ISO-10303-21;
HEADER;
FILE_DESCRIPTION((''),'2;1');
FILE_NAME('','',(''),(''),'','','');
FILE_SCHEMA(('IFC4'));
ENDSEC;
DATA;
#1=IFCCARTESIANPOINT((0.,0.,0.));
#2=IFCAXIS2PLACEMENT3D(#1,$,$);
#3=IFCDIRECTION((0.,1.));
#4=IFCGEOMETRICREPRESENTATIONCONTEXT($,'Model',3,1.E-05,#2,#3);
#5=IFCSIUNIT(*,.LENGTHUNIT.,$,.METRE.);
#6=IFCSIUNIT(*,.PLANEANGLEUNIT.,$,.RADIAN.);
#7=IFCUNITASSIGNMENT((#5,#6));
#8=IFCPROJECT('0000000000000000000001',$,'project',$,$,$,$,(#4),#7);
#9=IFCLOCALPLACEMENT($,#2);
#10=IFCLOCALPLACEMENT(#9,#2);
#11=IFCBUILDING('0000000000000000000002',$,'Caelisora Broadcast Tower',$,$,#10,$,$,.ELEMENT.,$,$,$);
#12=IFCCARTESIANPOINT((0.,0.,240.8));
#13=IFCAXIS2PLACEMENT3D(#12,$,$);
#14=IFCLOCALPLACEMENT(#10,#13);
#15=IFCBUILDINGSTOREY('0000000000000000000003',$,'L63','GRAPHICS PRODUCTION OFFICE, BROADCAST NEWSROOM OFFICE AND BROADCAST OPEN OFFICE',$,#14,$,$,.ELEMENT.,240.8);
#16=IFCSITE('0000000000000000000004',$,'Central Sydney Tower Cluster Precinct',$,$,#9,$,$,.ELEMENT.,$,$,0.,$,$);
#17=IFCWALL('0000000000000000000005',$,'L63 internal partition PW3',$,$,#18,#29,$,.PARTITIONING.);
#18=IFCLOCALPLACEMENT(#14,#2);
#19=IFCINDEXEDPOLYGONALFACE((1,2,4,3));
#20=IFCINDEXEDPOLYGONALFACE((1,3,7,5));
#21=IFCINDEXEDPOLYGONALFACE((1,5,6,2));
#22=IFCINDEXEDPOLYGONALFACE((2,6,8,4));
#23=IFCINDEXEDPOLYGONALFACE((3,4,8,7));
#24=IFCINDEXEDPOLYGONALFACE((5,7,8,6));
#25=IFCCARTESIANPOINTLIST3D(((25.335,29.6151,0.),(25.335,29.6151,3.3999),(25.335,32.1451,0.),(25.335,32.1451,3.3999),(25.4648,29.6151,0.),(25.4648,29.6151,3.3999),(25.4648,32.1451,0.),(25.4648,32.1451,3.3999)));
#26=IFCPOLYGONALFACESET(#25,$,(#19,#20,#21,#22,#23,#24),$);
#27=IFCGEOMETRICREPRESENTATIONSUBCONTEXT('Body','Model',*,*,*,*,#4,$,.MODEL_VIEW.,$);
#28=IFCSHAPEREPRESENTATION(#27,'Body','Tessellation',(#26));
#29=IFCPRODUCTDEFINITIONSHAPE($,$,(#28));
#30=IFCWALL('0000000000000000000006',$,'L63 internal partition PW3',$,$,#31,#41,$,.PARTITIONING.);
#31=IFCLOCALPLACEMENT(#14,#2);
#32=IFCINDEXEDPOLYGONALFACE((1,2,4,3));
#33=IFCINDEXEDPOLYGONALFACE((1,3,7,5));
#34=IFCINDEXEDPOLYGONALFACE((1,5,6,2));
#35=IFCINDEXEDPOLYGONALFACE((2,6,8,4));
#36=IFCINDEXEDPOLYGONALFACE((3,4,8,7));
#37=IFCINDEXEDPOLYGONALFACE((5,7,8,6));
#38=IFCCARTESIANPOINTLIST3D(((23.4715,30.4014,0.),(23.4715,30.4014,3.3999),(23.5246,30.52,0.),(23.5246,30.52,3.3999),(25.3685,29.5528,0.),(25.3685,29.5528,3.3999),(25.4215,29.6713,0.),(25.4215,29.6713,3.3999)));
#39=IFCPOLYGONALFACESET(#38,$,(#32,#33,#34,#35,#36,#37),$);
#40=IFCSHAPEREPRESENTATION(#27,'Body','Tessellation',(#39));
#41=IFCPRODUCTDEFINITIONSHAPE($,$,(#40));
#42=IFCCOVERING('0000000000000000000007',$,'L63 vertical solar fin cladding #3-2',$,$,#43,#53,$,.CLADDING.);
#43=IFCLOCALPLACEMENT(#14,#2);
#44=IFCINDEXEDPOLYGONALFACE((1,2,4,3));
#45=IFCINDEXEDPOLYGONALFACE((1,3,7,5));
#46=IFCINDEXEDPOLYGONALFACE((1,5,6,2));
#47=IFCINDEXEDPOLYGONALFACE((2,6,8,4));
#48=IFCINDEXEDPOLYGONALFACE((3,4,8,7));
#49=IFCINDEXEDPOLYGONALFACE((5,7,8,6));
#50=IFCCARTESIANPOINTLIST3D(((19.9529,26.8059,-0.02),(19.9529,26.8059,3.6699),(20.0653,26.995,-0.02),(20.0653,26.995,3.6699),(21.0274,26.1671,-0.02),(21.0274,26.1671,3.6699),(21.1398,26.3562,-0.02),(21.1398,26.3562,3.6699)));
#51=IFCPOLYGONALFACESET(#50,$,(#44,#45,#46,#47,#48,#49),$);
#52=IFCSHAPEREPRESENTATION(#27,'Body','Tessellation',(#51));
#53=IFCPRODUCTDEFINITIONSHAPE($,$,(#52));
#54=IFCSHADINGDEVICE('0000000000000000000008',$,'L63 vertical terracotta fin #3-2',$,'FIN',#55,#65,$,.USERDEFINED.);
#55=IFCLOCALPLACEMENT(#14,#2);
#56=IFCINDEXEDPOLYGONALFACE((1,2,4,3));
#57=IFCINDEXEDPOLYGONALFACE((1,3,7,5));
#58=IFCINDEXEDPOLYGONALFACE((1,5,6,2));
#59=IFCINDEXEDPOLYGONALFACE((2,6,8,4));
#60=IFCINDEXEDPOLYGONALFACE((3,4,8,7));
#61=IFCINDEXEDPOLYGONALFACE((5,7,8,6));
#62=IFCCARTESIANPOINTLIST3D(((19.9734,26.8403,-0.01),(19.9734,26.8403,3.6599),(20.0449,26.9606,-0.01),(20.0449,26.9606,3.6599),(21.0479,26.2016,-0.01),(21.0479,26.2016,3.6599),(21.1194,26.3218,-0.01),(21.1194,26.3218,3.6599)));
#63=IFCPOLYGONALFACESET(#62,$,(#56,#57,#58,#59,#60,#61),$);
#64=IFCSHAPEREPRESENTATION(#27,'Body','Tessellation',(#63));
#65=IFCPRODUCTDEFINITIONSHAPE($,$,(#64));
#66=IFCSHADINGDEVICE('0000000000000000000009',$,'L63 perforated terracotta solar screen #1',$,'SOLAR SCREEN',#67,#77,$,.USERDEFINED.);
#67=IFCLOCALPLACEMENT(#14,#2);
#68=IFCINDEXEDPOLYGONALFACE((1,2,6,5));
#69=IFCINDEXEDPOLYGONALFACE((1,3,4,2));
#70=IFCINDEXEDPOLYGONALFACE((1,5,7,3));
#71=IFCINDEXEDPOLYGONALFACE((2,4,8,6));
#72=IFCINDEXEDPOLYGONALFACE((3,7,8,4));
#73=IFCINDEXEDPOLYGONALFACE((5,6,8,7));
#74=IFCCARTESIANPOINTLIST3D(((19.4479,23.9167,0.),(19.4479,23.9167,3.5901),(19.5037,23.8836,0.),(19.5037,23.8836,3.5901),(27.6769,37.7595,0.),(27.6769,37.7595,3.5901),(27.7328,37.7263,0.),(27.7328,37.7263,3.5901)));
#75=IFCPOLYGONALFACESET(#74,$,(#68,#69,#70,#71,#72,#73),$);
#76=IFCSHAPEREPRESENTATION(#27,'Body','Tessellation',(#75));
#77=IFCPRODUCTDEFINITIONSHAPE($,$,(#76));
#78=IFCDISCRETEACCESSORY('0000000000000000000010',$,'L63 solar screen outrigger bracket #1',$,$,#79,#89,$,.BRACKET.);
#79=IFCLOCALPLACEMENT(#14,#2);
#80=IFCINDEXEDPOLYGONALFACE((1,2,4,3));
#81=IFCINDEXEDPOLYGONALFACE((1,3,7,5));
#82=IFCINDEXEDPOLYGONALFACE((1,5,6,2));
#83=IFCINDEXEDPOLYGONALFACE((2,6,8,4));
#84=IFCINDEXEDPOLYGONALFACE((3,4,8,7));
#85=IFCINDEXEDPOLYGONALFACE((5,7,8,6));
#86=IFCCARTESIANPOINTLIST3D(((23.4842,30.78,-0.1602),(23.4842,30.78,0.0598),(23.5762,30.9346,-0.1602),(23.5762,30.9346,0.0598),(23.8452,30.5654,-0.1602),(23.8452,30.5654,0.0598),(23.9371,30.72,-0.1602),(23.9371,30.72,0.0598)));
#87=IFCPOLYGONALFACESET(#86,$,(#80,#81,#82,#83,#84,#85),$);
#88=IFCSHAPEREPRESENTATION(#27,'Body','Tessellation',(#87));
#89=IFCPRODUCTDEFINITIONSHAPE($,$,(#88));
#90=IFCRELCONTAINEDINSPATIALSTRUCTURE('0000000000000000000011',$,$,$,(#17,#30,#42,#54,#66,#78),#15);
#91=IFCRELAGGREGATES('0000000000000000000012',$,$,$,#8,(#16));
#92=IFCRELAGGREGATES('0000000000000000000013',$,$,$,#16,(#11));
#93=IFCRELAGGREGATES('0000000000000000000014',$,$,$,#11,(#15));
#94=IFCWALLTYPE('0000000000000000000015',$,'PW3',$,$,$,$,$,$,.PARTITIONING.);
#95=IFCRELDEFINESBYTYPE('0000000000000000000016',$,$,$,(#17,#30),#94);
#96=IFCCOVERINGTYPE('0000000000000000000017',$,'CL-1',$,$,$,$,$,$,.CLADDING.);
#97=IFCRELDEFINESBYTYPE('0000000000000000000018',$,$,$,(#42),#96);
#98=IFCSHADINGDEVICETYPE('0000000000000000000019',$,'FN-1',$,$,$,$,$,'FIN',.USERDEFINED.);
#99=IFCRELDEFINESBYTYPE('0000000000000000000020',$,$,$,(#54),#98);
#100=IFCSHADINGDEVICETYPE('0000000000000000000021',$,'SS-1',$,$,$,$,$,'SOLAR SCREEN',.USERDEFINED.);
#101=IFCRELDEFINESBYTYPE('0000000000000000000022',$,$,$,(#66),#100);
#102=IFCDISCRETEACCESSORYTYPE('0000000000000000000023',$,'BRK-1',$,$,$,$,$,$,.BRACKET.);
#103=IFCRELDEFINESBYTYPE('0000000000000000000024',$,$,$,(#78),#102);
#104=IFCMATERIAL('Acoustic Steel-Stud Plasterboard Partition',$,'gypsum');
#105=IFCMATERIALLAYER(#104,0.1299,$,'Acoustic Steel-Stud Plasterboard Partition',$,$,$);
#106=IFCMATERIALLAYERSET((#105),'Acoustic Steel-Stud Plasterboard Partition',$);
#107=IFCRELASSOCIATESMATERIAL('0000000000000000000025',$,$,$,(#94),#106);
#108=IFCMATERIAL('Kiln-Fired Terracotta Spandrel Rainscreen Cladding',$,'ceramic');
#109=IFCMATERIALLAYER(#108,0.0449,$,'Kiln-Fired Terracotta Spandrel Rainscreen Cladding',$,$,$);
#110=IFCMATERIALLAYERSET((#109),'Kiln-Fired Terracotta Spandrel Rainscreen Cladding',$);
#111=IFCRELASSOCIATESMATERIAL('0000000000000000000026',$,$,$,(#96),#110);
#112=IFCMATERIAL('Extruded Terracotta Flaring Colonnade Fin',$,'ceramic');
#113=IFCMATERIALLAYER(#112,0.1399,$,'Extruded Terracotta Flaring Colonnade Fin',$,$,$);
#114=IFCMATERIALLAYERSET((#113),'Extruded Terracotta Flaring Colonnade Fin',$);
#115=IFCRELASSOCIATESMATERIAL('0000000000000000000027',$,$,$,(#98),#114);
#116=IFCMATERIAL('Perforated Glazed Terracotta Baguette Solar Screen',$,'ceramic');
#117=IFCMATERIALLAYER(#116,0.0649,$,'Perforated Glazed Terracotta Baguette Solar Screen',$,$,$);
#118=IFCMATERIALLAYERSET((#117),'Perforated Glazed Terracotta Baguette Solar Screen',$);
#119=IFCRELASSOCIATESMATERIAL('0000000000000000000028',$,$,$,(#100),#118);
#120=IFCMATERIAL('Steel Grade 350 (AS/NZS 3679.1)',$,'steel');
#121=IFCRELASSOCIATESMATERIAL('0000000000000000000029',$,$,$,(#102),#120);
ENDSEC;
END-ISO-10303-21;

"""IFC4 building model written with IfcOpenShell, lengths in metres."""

from ifc_helpers import new_model, si_unit, direction, frame, frame_2d, origin, origin_2d, place, context, subcontext, project, spatial, rectangle, extrude, source, transform, mapped, material, layer, layer_set, type_object, type_shapes, element, save


model = new_model("IFC4")

# Units and contexts
model_context = context("Model", 3, precision=1e-05, world=origin(), true_north=direction((0.0, 1.0)))
body_context = subcontext(model_context, "Body", "Model", "MODEL_VIEW")
ifc_project = project(units=[si_unit("LENGTHUNIT", "METRE"), si_unit("PLANEANGLEUNIT", "RADIAN")], contexts=[model_context])

# Site, building, storey
site_placement = place(None, origin())
site = spatial("IfcSite", under=ifc_project, at=site_placement, Name="Central Sydney Tower Cluster Precinct", CompositionType="ELEMENT", RefElevation=0.0)
building_placement = place(site_placement, origin())
building = spatial("IfcBuilding", under=site, at=building_placement, Name="Caelisora Broadcast Tower", CompositionType="ELEMENT")
storey_placement = place(building_placement, frame((0.0, 0.0, 240.8)))
storey = spatial("IfcBuildingStorey", under=building, at=storey_placement, Name="L63", Description="GRAPHICS PRODUCTION OFFICE, BROADCAST NEWSROOM OFFICE AND BROADCAST OPEN OFFICE", CompositionType="ELEMENT", Elevation=240.8)

# Shared definitions
ifc_material_1 = material(Name="Steel Grade 350 (AS/NZS 3679.1)", Category="steel")

# Shared definitions
ifc_material_2 = material(Name="Acoustic Steel-Stud Plasterboard Partition", Category="gypsum")
ifc_layer_1 = layer(ifc_material_2, 0.1299, Name="Acoustic Steel-Stud Plasterboard Partition")
ifc_layer_set_1 = layer_set([ifc_layer_1], Name="Acoustic Steel-Stud Plasterboard Partition")
wall_type = type_object("IfcWallType", Name="PW3", PredefinedType="PARTITIONING", material=ifc_layer_set_1)

# Walls
wall_1_placement = place(storey_placement, frame((25.3999, 29.615, 0.0), z_axis=(0.0, 0.0, 1.0), x_axis=(0.0, 1.0, 0.0)))
element("IfcWall", 1, at=wall_1_placement, inside=storey, type_object=wall_type, Name="L63 internal partition PW3", PredefinedType="PARTITIONING", context=body_context, shape_type="SweptSolid", body=[
    extrude(rectangle(XDim=2.53, YDim=0.1299, at=frame_2d((1.2651, 0.0))), origin(), (0.0, 0.0, 1.0), 3.3999),
])
wall_2_placement = place(storey_placement, frame((23.498, 30.4607, 0.0), z_axis=(0.0, 0.0, 1.0), x_axis=(0.912821, -0.408361, 0.0)))
element("IfcWall", 2, at=wall_2_placement, inside=storey, type_object=wall_type, Name="L63 internal partition PW3", PredefinedType="PARTITIONING", context=body_context, shape_type="SweptSolid", body=[
    extrude(rectangle(XDim=2.0781, YDim=0.1299, at=frame_2d((1.0391, 0.0))), origin(), (0.0, 0.0, 1.0), 3.3999),
])

# Covering
ifc_material_3 = material(Name="Kiln-Fired Terracotta Spandrel Rainscreen Cladding", Category="ceramic")
ifc_layer_2 = layer(ifc_material_3, 0.0449, Name="Kiln-Fired Terracotta Spandrel Rainscreen Cladding")
ifc_layer_set_2 = layer_set([ifc_layer_2], Name="Kiln-Fired Terracotta Spandrel Rainscreen Cladding")
covering_type = type_object("IfcCoveringType", Name="CL-1", PredefinedType="CLADDING", material=ifc_layer_set_2)
shared_shape_1 = source(origin(), body_context, "Body", "SweptSolid", [
    extrude(rectangle(XDim=0.22, YDim=1.25, at=origin_2d()), origin(), (0.0, 0.0, 1.0), 3.6899),
])
type_shapes(covering_type, [shared_shape_1])
covering_placement = place(storey_placement, frame((20.5464, 26.5811, -0.02), z_axis=(0.0, 0.0, 1.0), x_axis=(0.510993, 0.859585, 0.0)))
element("IfcCovering", 3, at=covering_placement, inside=storey, type_object=covering_type, Name="L63 vertical solar fin cladding #3-2", PredefinedType="CLADDING", context=body_context, shape_type="MappedRepresentation", body=[
    mapped(shared_shape_1, transform((0.0, 0.0, 0.0), scale=1.0)),
])

# Shading devices
ifc_material_4 = material(Name="Extruded Terracotta Flaring Colonnade Fin", Category="ceramic")
ifc_layer_3 = layer(ifc_material_4, 0.1399, Name="Extruded Terracotta Flaring Colonnade Fin")
ifc_layer_set_3 = layer_set([ifc_layer_3], Name="Extruded Terracotta Flaring Colonnade Fin")
shading_device_type_1 = type_object("IfcShadingDeviceType", Name="FN-1", ElementType="FIN", PredefinedType="USERDEFINED", material=ifc_layer_set_3)
shared_shape_2 = source(origin(), body_context, "Body", "SweptSolid", [
    extrude(rectangle(XDim=0.1399, YDim=1.25, at=origin_2d()), origin(), (0.0, 0.0, 1.0), 3.6699),
])
type_shapes(shading_device_type_1, [shared_shape_2])
shading_device_1_placement = place(storey_placement, frame((20.5464, 26.5811, -0.01), z_axis=(0.0, 0.0, 1.0), x_axis=(0.510993, 0.859585, 0.0)))
element("IfcShadingDevice", 4, at=shading_device_1_placement, inside=storey, type_object=shading_device_type_1, Name="L63 vertical terracotta fin #3-2", ObjectType="FIN", PredefinedType="USERDEFINED", context=body_context, shape_type="MappedRepresentation", body=[
    mapped(shared_shape_2, transform((0.0, 0.0, 0.0), scale=1.0)),
])
ifc_material_5 = material(Name="Perforated Glazed Terracotta Baguette Solar Screen", Category="ceramic")
ifc_layer_4 = layer(ifc_material_5, 0.0649, Name="Perforated Glazed Terracotta Baguette Solar Screen")
ifc_layer_set_4 = layer_set([ifc_layer_4], Name="Perforated Glazed Terracotta Baguette Solar Screen")
shading_device_type_2 = type_object("IfcShadingDeviceType", Name="SS-1", ElementType="SOLAR SCREEN", PredefinedType="USERDEFINED", material=ifc_layer_set_4)
shared_shape_3 = source(origin(), body_context, "Body", "SweptSolid", [
    extrude(rectangle(XDim=16.104, YDim=0.0649, at=origin_2d()), origin(), (0.0, 0.0, 1.0), 3.5901),
])
type_shapes(shading_device_type_2, [shared_shape_3])
shading_device_2_placement = place(storey_placement, frame((23.5903, 30.8215, 0.0), z_axis=(0.0, 0.0, 1.0), x_axis=(-0.510993, -0.859585, 0.0)))
element("IfcShadingDevice", 5, at=shading_device_2_placement, inside=storey, type_object=shading_device_type_2, Name="L63 perforated terracotta solar screen #1", ObjectType="SOLAR SCREEN", PredefinedType="USERDEFINED", context=body_context, shape_type="MappedRepresentation", body=[
    mapped(shared_shape_3, transform((0.0, 0.0, 0.0), scale=1.0)),
])

# Discrete accessory
discrete_accessory_type = type_object("IfcDiscreteAccessoryType", Name="BRK-1", PredefinedType="BRACKET", material=ifc_material_1)
shared_shape_4 = source(origin(), body_context, "Body", "SweptSolid", [
    extrude(rectangle(XDim=0.1799, YDim=0.4199, at=origin_2d()), origin(), (0.0, 0.0, 1.0), 0.22),
])
type_shapes(discrete_accessory_type, [shared_shape_4])
discrete_accessory_placement = place(storey_placement, frame((23.7107, 30.75, -0.1602), z_axis=(0.0, 0.0, 1.0), x_axis=(-0.510993, -0.859585, 0.0)))
element("IfcDiscreteAccessory", 6, at=discrete_accessory_placement, inside=storey, type_object=discrete_accessory_type, Name="L63 solar screen outrigger bracket #1", PredefinedType="BRACKET", context=body_context, shape_type="MappedRepresentation", body=[
    mapped(shared_shape_4, transform((0.0, 0.0, 0.0), scale=1.0)),
])

save(model, "model.ifc")
